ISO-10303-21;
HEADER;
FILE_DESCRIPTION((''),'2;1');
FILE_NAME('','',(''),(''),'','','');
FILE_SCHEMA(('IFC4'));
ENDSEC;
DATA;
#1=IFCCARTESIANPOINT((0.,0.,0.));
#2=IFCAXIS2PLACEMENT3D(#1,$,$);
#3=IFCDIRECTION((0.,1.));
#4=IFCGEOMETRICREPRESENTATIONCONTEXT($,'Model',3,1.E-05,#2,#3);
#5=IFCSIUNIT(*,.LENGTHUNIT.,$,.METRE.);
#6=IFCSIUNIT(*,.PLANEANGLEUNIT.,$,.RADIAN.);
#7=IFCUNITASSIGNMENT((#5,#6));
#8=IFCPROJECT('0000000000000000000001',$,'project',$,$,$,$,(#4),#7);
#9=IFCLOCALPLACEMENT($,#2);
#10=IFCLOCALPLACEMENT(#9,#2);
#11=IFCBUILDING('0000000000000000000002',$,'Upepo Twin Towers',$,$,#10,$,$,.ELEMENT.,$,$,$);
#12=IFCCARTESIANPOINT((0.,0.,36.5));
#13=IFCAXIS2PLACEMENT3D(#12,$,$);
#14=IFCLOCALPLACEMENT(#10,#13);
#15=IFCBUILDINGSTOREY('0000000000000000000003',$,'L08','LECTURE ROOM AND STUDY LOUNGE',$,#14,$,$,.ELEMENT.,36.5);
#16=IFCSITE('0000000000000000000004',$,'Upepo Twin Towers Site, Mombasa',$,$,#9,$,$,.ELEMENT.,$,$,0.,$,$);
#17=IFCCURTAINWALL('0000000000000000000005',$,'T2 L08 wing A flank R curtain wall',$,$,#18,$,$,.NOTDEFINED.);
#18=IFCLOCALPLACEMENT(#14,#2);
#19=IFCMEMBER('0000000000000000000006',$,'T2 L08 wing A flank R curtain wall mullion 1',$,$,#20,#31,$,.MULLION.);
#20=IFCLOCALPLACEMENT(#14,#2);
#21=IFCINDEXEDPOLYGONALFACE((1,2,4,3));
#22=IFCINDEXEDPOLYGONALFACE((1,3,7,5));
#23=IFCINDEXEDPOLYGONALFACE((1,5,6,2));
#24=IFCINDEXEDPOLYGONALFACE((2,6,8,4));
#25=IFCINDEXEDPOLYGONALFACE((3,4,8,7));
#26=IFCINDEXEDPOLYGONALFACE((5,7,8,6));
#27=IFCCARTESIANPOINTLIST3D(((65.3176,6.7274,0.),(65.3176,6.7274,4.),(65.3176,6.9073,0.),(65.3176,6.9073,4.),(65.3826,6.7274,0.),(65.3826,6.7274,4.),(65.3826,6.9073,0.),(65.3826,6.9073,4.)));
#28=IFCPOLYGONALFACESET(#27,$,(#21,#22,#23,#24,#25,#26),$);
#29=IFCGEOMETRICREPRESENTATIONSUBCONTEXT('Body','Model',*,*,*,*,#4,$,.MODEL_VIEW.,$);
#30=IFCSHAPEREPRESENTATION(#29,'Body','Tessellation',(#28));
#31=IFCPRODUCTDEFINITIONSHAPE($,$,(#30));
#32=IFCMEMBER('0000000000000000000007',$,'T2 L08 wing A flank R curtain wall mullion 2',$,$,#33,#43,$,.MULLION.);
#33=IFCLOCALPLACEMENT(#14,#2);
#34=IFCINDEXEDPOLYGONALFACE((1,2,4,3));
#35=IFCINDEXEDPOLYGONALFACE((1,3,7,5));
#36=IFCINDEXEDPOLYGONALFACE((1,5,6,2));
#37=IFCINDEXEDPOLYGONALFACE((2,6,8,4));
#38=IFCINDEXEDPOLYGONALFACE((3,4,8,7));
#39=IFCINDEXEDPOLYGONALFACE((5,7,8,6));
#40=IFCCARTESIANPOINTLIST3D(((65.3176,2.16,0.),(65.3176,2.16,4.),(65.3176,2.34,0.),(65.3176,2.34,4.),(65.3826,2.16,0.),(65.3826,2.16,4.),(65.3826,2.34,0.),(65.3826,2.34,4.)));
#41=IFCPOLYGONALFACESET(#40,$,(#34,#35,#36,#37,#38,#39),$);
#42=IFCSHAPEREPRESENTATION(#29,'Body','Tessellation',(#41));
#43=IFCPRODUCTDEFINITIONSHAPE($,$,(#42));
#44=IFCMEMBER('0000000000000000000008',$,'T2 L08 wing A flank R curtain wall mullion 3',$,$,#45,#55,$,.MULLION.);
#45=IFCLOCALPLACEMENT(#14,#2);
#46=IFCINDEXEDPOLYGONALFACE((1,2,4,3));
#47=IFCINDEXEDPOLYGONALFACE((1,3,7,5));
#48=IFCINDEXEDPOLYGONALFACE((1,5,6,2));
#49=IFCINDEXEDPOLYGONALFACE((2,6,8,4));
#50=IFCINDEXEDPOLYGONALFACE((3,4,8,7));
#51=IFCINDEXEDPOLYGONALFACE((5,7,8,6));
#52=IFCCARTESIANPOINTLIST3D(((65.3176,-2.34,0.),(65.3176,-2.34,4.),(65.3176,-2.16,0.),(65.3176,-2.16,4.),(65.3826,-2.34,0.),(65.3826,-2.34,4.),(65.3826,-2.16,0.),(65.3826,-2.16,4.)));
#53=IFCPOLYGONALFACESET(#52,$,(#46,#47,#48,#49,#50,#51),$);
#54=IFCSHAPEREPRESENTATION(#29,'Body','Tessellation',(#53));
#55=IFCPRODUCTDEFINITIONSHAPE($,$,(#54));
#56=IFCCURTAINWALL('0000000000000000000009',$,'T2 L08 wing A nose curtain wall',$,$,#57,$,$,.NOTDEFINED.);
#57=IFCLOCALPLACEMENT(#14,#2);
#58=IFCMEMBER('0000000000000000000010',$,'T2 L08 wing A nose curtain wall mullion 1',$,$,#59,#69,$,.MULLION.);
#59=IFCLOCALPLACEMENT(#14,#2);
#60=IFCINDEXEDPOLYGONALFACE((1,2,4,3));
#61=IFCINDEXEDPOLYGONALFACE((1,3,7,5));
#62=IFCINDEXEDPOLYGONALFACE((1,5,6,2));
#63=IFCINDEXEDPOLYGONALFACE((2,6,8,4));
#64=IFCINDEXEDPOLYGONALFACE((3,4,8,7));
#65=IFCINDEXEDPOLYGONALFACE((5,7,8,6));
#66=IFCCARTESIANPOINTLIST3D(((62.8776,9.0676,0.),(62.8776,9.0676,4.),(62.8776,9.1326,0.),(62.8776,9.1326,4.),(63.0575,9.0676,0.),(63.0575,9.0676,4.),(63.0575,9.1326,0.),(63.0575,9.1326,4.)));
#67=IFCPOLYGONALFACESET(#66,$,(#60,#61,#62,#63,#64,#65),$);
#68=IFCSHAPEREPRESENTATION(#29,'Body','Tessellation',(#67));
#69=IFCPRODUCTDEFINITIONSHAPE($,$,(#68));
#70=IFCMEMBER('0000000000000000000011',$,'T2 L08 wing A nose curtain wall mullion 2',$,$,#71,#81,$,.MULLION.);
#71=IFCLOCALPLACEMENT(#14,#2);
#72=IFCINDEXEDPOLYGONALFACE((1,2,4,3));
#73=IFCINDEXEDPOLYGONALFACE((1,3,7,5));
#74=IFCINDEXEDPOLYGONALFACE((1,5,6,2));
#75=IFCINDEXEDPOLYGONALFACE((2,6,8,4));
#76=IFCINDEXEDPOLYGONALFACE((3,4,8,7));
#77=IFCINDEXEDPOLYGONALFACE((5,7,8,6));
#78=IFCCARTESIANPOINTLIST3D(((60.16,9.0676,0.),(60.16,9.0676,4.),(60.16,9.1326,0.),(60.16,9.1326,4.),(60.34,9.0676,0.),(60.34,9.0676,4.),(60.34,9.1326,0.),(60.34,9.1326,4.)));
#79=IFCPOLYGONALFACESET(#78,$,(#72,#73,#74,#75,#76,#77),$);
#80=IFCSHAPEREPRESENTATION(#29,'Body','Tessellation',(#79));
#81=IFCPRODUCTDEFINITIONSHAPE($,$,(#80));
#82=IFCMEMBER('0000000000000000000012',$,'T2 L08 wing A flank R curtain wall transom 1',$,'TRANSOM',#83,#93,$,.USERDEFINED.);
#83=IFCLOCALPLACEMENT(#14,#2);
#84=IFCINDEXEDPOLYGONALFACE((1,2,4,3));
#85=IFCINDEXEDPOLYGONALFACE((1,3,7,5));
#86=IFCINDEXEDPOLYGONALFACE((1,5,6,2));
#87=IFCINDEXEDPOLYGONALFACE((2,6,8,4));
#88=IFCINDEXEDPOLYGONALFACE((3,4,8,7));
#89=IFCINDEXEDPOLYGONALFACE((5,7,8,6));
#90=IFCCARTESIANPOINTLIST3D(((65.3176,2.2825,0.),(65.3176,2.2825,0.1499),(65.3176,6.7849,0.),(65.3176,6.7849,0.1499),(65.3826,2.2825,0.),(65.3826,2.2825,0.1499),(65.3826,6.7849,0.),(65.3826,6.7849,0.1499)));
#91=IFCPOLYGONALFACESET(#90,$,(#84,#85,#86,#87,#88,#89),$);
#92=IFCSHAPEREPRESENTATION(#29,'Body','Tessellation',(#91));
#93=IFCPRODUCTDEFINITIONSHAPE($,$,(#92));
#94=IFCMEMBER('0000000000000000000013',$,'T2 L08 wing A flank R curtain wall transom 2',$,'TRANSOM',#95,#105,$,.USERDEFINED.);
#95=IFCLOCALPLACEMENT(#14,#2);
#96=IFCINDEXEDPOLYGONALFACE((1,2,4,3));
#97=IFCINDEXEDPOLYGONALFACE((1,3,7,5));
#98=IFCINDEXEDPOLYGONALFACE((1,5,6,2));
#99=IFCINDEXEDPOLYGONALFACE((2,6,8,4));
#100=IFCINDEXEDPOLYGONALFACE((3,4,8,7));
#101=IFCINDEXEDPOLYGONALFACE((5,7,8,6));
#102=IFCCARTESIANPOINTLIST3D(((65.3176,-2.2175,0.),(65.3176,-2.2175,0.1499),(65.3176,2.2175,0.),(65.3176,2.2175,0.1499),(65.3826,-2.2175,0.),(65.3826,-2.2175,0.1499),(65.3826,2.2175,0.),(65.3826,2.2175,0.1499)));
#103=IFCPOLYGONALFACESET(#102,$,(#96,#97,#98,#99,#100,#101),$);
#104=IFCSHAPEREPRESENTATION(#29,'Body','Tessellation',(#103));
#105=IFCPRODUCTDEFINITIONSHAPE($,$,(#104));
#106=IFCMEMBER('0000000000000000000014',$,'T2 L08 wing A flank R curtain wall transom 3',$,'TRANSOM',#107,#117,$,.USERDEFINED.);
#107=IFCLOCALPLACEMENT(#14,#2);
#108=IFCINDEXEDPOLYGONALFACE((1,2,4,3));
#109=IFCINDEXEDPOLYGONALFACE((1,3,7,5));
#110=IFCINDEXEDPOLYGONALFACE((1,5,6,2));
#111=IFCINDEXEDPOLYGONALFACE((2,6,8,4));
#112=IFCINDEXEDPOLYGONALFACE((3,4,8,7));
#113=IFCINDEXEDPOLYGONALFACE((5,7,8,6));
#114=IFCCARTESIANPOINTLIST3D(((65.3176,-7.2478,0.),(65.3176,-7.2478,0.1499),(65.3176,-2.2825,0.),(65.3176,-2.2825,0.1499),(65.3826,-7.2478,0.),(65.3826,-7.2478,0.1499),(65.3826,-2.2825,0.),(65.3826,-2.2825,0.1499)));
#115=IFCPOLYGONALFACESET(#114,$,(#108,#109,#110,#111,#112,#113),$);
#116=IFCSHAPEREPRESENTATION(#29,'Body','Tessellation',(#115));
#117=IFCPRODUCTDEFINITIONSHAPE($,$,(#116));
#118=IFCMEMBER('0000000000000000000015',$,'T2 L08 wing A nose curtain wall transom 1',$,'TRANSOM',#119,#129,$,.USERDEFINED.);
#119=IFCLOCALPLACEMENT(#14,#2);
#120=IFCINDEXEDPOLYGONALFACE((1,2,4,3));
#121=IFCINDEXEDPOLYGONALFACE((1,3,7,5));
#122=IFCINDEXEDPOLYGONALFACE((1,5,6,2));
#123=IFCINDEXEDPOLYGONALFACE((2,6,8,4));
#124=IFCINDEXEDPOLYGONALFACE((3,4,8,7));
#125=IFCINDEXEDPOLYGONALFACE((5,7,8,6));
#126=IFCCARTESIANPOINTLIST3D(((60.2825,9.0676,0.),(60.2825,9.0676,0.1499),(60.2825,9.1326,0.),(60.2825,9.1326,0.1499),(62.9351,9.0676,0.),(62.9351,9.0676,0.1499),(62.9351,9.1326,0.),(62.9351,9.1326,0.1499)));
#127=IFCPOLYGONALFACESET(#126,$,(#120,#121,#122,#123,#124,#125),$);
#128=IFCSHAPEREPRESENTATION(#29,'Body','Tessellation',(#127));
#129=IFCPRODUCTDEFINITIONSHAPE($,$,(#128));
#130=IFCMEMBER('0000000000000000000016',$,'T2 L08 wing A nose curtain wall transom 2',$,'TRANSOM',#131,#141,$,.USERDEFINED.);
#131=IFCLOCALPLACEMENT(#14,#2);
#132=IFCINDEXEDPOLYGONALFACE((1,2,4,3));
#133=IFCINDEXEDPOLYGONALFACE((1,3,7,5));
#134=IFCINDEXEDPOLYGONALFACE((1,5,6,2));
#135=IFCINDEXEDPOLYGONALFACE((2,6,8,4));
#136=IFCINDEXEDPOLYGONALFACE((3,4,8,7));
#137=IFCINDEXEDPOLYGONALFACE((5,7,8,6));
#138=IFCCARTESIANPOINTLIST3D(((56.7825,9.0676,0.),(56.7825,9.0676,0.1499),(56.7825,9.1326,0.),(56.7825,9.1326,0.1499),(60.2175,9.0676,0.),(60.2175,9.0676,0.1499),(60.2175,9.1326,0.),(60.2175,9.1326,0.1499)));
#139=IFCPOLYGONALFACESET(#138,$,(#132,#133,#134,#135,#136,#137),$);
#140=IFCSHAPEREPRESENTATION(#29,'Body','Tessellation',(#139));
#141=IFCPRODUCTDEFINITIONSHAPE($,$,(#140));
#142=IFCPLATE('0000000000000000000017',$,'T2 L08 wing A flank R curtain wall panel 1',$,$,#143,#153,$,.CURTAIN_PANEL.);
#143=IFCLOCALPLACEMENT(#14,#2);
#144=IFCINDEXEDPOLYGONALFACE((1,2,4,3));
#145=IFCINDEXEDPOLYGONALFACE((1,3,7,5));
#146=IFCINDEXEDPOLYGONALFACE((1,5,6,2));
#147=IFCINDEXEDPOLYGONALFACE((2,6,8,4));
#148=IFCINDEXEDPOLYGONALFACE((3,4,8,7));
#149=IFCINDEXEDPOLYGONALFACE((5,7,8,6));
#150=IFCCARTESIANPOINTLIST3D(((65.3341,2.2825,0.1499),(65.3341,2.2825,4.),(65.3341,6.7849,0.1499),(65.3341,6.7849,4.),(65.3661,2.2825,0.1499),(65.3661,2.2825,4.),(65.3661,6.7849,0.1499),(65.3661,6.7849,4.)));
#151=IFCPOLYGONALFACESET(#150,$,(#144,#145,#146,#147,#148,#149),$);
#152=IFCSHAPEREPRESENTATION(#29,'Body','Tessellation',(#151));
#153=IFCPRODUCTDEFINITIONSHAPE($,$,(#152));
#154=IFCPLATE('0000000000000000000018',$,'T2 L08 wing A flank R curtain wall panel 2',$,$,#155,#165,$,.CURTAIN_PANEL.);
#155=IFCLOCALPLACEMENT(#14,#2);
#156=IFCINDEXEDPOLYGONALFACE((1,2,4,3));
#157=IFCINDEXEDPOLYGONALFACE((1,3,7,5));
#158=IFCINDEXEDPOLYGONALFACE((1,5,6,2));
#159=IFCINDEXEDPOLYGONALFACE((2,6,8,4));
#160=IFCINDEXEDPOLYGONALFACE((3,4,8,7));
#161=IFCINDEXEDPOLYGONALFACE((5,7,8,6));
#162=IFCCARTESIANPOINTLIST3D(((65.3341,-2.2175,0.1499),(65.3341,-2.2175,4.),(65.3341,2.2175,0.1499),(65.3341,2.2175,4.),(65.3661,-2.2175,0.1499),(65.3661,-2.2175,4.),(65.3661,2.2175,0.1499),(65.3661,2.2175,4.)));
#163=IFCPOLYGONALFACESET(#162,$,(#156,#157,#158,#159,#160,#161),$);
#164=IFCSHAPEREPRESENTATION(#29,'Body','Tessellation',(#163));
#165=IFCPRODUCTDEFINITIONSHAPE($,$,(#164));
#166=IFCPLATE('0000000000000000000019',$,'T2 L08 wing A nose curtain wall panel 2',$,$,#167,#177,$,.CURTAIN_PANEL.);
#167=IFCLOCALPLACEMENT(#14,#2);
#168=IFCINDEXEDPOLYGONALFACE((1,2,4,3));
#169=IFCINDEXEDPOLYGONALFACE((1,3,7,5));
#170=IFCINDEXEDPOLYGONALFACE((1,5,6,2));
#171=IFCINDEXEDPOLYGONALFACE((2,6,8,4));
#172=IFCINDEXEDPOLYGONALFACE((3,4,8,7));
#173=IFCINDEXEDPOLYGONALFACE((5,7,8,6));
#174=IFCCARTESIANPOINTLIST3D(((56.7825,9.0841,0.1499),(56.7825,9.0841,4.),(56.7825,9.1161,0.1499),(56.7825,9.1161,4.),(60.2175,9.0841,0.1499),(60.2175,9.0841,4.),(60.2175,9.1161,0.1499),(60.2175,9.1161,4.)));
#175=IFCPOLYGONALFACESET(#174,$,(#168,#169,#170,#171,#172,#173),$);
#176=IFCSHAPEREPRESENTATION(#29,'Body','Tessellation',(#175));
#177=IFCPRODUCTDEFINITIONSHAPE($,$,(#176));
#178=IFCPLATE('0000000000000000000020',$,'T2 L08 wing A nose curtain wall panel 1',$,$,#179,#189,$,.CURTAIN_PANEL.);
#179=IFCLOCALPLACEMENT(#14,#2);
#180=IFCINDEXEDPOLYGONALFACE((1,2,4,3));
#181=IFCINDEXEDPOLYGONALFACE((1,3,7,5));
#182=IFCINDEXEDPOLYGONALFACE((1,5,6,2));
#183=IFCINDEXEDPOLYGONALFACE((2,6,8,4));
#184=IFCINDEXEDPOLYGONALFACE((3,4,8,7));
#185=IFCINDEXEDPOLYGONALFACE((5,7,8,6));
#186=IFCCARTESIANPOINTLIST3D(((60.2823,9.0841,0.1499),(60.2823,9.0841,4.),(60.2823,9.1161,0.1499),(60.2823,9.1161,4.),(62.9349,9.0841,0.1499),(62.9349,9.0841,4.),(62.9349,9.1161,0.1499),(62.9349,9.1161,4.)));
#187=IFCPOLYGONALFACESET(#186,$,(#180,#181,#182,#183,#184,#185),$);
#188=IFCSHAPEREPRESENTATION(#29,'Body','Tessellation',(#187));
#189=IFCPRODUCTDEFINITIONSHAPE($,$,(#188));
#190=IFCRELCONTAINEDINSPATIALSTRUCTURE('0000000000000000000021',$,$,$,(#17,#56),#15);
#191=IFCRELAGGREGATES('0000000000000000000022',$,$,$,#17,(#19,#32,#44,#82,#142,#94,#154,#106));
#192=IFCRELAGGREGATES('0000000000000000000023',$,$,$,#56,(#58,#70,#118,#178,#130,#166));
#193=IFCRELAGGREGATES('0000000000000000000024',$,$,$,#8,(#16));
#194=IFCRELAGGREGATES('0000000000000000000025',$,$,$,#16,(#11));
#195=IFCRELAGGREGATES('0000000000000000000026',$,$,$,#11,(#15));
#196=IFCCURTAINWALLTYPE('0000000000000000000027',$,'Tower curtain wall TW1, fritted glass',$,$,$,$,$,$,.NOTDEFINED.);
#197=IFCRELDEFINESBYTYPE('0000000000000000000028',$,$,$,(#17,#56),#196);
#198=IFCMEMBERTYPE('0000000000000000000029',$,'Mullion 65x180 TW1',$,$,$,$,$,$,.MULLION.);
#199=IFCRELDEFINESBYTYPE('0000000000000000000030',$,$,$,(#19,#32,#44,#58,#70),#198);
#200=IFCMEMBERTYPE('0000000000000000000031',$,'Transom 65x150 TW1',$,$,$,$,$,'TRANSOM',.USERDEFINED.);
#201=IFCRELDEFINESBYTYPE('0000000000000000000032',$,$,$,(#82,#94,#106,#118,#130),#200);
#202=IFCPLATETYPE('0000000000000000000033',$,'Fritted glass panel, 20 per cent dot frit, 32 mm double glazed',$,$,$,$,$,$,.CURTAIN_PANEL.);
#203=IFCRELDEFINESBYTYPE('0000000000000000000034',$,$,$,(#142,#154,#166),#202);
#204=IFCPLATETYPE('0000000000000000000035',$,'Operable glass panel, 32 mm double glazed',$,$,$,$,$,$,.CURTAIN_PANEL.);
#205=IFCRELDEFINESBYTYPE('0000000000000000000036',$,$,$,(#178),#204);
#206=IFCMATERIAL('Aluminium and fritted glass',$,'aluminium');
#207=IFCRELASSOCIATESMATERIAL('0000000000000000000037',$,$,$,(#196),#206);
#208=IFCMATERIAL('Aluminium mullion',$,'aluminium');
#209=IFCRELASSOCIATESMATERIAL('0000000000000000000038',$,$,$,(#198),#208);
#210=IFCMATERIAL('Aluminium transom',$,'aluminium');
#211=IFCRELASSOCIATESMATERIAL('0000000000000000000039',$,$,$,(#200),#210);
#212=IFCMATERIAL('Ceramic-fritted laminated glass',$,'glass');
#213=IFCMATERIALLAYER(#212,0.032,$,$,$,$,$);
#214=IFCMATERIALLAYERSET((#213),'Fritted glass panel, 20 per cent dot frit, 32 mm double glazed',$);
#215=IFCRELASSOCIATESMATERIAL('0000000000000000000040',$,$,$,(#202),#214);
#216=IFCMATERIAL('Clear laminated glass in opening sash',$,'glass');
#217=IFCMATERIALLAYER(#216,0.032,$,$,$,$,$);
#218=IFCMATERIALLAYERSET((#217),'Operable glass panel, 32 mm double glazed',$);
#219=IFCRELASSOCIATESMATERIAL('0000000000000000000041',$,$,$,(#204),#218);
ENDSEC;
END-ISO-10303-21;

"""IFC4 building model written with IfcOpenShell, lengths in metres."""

from ifc_helpers import new_model, si_unit, direction, frame, origin, origin_2d, place, context, subcontext, project, spatial, rectangle, extrude, material, layer, layer_set, material_profile, profile_set, type_object, element, aggregate, save


model = new_model("IFC4")

# Units and contexts
model_context = context("Model", 3, precision=1e-05, world=origin(), true_north=direction((0.0, 1.0)))
body_context = subcontext(model_context, "Body", "Model", "MODEL_VIEW")
ifc_project = project(units=[si_unit("LENGTHUNIT", "METRE"), si_unit("PLANEANGLEUNIT", "RADIAN")], contexts=[model_context])

# Site, building, storey
site_placement = place(None, origin())
site = spatial("IfcSite", under=ifc_project, at=site_placement, Name="Upepo Twin Towers Site, Mombasa", CompositionType="ELEMENT", RefElevation=0.0)
building_placement = place(site_placement, origin())
building = spatial("IfcBuilding", under=site, at=building_placement, Name="Upepo Twin Towers", CompositionType="ELEMENT")
storey_placement = place(building_placement, frame((0.0, 0.0, 36.5)))
storey = spatial("IfcBuildingStorey", under=building, at=storey_placement, Name="L08", Description="LECTURE ROOM AND STUDY LOUNGE", CompositionType="ELEMENT", Elevation=36.5)

# Curtain walls, members
ifc_material_1 = material(Name="Aluminium and fritted glass", Category="aluminium")
curtain_wall_type = type_object("IfcCurtainWallType", Name="Tower curtain wall TW1, fritted glass", PredefinedType="NOTDEFINED", material=ifc_material_1)
curtain_wall_1_placement = place(storey_placement, origin())
curtain_wall_1 = element("IfcCurtainWall", 1, at=curtain_wall_1_placement, inside=storey, type_object=curtain_wall_type, Name="T2 L08 wing A flank R curtain wall", PredefinedType="NOTDEFINED")
ifc_material_2 = material(Name="Aluminium mullion", Category="aluminium")
ifc_material_profile_1 = material_profile(ifc_material_2, rectangle(XDim=0.0649, YDim=0.1799, at=origin_2d()), Name="MULLION 65x180")
ifc_profile_set_1 = profile_set([ifc_material_profile_1], Name="Aluminium mullion")
member_type_1 = type_object("IfcMemberType", Name="Mullion 65x180 TW1", PredefinedType="MULLION", material=ifc_profile_set_1)
member_1_placement = place(storey_placement, frame((65.3501, 6.8174, 0.0), z_axis=(0.0, 0.0, 1.0), x_axis=(1.0, 0.0, 0.0)))
member_1 = element("IfcMember", 2, at=member_1_placement, type_object=member_type_1, Name="T2 L08 wing A flank R curtain wall mullion 1", PredefinedType="MULLION", context=body_context, shape_type="SweptSolid", body=[
    extrude(rectangle(XDim=0.0649, YDim=0.1799, at=origin_2d()), origin(), (0.0, 0.0, 1.0), 4.0),
])
member_2_placement = place(storey_placement, frame((65.3501, 2.25, 0.0), z_axis=(0.0, 0.0, 1.0), x_axis=(1.0, 0.0, 0.0)))
member_2 = element("IfcMember", 3, at=member_2_placement, type_object=member_type_1, Name="T2 L08 wing A flank R curtain wall mullion 2", PredefinedType="MULLION", context=body_context, shape_type="SweptSolid", body=[
    extrude(rectangle(XDim=0.0649, YDim=0.1799, at=origin_2d()), origin(), (0.0, 0.0, 1.0), 4.0),
])
member_3_placement = place(storey_placement, frame((65.3501, -2.25, 0.0), z_axis=(0.0, 0.0, 1.0), x_axis=(1.0, 0.0, 0.0)))
member_3 = element("IfcMember", 4, at=member_3_placement, type_object=member_type_1, Name="T2 L08 wing A flank R curtain wall mullion 3", PredefinedType="MULLION", context=body_context, shape_type="SweptSolid", body=[
    extrude(rectangle(XDim=0.0649, YDim=0.1799, at=origin_2d()), origin(), (0.0, 0.0, 1.0), 4.0),
])
curtain_wall_2_placement = place(storey_placement, origin())
curtain_wall_2 = element("IfcCurtainWall", 5, at=curtain_wall_2_placement, inside=storey, type_object=curtain_wall_type, Name="T2 L08 wing A nose curtain wall", PredefinedType="NOTDEFINED")
member_4_placement = place(storey_placement, frame((62.9675, 9.1001, 0.0), z_axis=(0.0, 0.0, 1.0), x_axis=(0.0, -1.0, 0.0)))
member_4 = element("IfcMember", 6, at=member_4_placement, type_object=member_type_1, Name="T2 L08 wing A nose curtain wall mullion 1", PredefinedType="MULLION", context=body_context, shape_type="SweptSolid", body=[
    extrude(rectangle(XDim=0.0649, YDim=0.1799, at=origin_2d()), origin(), (0.0, 0.0, 1.0), 4.0),
])
member_5_placement = place(storey_placement, frame((60.25, 9.1001, 0.0), z_axis=(0.0, 0.0, 1.0), x_axis=(0.0, -1.0, 0.0)))
member_5 = element("IfcMember", 7, at=member_5_placement, type_object=member_type_1, Name="T2 L08 wing A nose curtain wall mullion 2", PredefinedType="MULLION", context=body_context, shape_type="SweptSolid", body=[
    extrude(rectangle(XDim=0.0649, YDim=0.1799, at=origin_2d()), origin(), (0.0, 0.0, 1.0), 4.0),
])

# Members
ifc_material_3 = material(Name="Aluminium transom", Category="aluminium")
ifc_material_profile_2 = material_profile(ifc_material_3, rectangle(XDim=0.0649, YDim=0.1499, at=origin_2d()), Name="TRANSOM 65x150")
ifc_profile_set_2 = profile_set([ifc_material_profile_2], Name="Aluminium transom")
member_type_2 = type_object("IfcMemberType", Name="Transom 65x150 TW1", ElementType="TRANSOM", PredefinedType="USERDEFINED", material=ifc_profile_set_2)
member_6_placement = place(storey_placement, frame((65.3501, 6.7849, 0.075), z_axis=(0.0, -1.0, 0.0), x_axis=(1.0, 0.0, 0.0)))
member_6 = element("IfcMember", 8, at=member_6_placement, type_object=member_type_2, Name="T2 L08 wing A flank R curtain wall transom 1", ObjectType="TRANSOM", PredefinedType="USERDEFINED", context=body_context, shape_type="SweptSolid", body=[
    extrude(rectangle(XDim=0.0649, YDim=0.1499, at=origin_2d()), origin(), (0.0, 0.0, 1.0), 4.5024),
])
member_7_placement = place(storey_placement, frame((65.3501, 2.2175, 0.075), z_axis=(0.0, -1.0, 0.0), x_axis=(1.0, 0.0, 0.0)))
member_7 = element("IfcMember", 9, at=member_7_placement, type_object=member_type_2, Name="T2 L08 wing A flank R curtain wall transom 2", ObjectType="TRANSOM", PredefinedType="USERDEFINED", context=body_context, shape_type="SweptSolid", body=[
    extrude(rectangle(XDim=0.0649, YDim=0.1499, at=origin_2d()), origin(), (0.0, 0.0, 1.0), 4.4351),
])
member_8_placement = place(storey_placement, frame((65.3501, -2.2825, 0.075), z_axis=(0.0, -1.0, 0.0), x_axis=(1.0, 0.0, 0.0)))
member_8 = element("IfcMember", 10, at=member_8_placement, type_object=member_type_2, Name="T2 L08 wing A flank R curtain wall transom 3", ObjectType="TRANSOM", PredefinedType="USERDEFINED", context=body_context, shape_type="SweptSolid", body=[
    extrude(rectangle(XDim=0.0649, YDim=0.1499, at=origin_2d()), origin(), (0.0, 0.0, 1.0), 4.9653),
])
member_9_placement = place(storey_placement, frame((62.9351, 9.1001, 0.075), z_axis=(-1.0, 0.0, 0.0), x_axis=(0.0, -1.0, 0.0)))
member_9 = element("IfcMember", 11, at=member_9_placement, type_object=member_type_2, Name="T2 L08 wing A nose curtain wall transom 1", ObjectType="TRANSOM", PredefinedType="USERDEFINED", context=body_context, shape_type="SweptSolid", body=[
    extrude(rectangle(XDim=0.0649, YDim=0.1499, at=origin_2d()), origin(), (0.0, 0.0, 1.0), 2.6526),
])
member_10_placement = place(storey_placement, frame((60.2175, 9.1001, 0.075), z_axis=(-1.0, 0.0, 0.0), x_axis=(0.0, -1.0, 0.0)))
member_10 = element("IfcMember", 12, at=member_10_placement, type_object=member_type_2, Name="T2 L08 wing A nose curtain wall transom 2", ObjectType="TRANSOM", PredefinedType="USERDEFINED", context=body_context, shape_type="SweptSolid", body=[
    extrude(rectangle(XDim=0.0649, YDim=0.1499, at=origin_2d()), origin(), (0.0, 0.0, 1.0), 3.4351),
])

# Plates
ifc_material_4 = material(Name="Ceramic-fritted laminated glass", Category="glass")
ifc_layer_1 = layer(ifc_material_4, 0.032)
ifc_layer_set_1 = layer_set([ifc_layer_1], Name="Fritted glass panel, 20 per cent dot frit, 32 mm double glazed")
plate_type_1 = type_object("IfcPlateType", Name="Fritted glass panel, 20 per cent dot frit, 32 mm double glazed", PredefinedType="CURTAIN_PANEL", material=ifc_layer_set_1)
plate_1_placement = place(storey_placement, frame((65.3501, 4.5337, 0.1499), z_axis=(0.0, 0.0, 1.0), x_axis=(0.0, -1.0, 0.0)))
plate_1 = element("IfcPlate", 13, at=plate_1_placement, type_object=plate_type_1, Name="T2 L08 wing A flank R curtain wall panel 1", PredefinedType="CURTAIN_PANEL", context=body_context, shape_type="SweptSolid", body=[
    extrude(rectangle(XDim=4.5024, YDim=0.032, at=origin_2d()), origin(), (0.0, 0.0, 1.0), 3.8501),
])
plate_2_placement = place(storey_placement, frame((65.3501, 0.0, 0.1499), z_axis=(0.0, 0.0, 1.0), x_axis=(0.0, -1.0, 0.0)))
plate_2 = element("IfcPlate", 14, at=plate_2_placement, type_object=plate_type_1, Name="T2 L08 wing A flank R curtain wall panel 2", PredefinedType="CURTAIN_PANEL", context=body_context, shape_type="SweptSolid", body=[
    extrude(rectangle(XDim=4.4351, YDim=0.032, at=origin_2d()), origin(), (0.0, 0.0, 1.0), 3.8501),
])
aggregate(curtain_wall_1, [member_1, member_2, member_3, member_6, plate_1, member_7, plate_2, member_8])
plate_3_placement = place(storey_placement, frame((58.5, 9.1001, 0.1499), z_axis=(0.0, 0.0, 1.0), x_axis=(-1.0, 0.0, 0.0)))
plate_3 = element("IfcPlate", 15, at=plate_3_placement, type_object=plate_type_1, Name="T2 L08 wing A nose curtain wall panel 2", PredefinedType="CURTAIN_PANEL", context=body_context, shape_type="SweptSolid", body=[
    extrude(rectangle(XDim=3.4351, YDim=0.032, at=origin_2d()), origin(), (0.0, 0.0, 1.0), 3.8501),
])
ifc_material_5 = material(Name="Clear laminated glass in opening sash", Category="glass")
ifc_layer_2 = layer(ifc_material_5, 0.032)
ifc_layer_set_2 = layer_set([ifc_layer_2], Name="Operable glass panel, 32 mm double glazed")
plate_type_2 = type_object("IfcPlateType", Name="Operable glass panel, 32 mm double glazed", PredefinedType="CURTAIN_PANEL", material=ifc_layer_set_2)
plate_4_placement = place(storey_placement, frame((61.6086, 9.1001, 0.1499), z_axis=(0.0, 0.0, 1.0), x_axis=(-1.0, 0.0, 0.0)))
plate_4 = element("IfcPlate", 16, at=plate_4_placement, type_object=plate_type_2, Name="T2 L08 wing A nose curtain wall panel 1", PredefinedType="CURTAIN_PANEL", context=body_context, shape_type="SweptSolid", body=[
    extrude(rectangle(XDim=2.6526, YDim=0.032, at=origin_2d()), origin(), (0.0, 0.0, 1.0), 3.8501),
])
aggregate(curtain_wall_2, [member_4, member_5, member_9, plate_4, member_10, plate_3])

save(model, "model.ifc")
